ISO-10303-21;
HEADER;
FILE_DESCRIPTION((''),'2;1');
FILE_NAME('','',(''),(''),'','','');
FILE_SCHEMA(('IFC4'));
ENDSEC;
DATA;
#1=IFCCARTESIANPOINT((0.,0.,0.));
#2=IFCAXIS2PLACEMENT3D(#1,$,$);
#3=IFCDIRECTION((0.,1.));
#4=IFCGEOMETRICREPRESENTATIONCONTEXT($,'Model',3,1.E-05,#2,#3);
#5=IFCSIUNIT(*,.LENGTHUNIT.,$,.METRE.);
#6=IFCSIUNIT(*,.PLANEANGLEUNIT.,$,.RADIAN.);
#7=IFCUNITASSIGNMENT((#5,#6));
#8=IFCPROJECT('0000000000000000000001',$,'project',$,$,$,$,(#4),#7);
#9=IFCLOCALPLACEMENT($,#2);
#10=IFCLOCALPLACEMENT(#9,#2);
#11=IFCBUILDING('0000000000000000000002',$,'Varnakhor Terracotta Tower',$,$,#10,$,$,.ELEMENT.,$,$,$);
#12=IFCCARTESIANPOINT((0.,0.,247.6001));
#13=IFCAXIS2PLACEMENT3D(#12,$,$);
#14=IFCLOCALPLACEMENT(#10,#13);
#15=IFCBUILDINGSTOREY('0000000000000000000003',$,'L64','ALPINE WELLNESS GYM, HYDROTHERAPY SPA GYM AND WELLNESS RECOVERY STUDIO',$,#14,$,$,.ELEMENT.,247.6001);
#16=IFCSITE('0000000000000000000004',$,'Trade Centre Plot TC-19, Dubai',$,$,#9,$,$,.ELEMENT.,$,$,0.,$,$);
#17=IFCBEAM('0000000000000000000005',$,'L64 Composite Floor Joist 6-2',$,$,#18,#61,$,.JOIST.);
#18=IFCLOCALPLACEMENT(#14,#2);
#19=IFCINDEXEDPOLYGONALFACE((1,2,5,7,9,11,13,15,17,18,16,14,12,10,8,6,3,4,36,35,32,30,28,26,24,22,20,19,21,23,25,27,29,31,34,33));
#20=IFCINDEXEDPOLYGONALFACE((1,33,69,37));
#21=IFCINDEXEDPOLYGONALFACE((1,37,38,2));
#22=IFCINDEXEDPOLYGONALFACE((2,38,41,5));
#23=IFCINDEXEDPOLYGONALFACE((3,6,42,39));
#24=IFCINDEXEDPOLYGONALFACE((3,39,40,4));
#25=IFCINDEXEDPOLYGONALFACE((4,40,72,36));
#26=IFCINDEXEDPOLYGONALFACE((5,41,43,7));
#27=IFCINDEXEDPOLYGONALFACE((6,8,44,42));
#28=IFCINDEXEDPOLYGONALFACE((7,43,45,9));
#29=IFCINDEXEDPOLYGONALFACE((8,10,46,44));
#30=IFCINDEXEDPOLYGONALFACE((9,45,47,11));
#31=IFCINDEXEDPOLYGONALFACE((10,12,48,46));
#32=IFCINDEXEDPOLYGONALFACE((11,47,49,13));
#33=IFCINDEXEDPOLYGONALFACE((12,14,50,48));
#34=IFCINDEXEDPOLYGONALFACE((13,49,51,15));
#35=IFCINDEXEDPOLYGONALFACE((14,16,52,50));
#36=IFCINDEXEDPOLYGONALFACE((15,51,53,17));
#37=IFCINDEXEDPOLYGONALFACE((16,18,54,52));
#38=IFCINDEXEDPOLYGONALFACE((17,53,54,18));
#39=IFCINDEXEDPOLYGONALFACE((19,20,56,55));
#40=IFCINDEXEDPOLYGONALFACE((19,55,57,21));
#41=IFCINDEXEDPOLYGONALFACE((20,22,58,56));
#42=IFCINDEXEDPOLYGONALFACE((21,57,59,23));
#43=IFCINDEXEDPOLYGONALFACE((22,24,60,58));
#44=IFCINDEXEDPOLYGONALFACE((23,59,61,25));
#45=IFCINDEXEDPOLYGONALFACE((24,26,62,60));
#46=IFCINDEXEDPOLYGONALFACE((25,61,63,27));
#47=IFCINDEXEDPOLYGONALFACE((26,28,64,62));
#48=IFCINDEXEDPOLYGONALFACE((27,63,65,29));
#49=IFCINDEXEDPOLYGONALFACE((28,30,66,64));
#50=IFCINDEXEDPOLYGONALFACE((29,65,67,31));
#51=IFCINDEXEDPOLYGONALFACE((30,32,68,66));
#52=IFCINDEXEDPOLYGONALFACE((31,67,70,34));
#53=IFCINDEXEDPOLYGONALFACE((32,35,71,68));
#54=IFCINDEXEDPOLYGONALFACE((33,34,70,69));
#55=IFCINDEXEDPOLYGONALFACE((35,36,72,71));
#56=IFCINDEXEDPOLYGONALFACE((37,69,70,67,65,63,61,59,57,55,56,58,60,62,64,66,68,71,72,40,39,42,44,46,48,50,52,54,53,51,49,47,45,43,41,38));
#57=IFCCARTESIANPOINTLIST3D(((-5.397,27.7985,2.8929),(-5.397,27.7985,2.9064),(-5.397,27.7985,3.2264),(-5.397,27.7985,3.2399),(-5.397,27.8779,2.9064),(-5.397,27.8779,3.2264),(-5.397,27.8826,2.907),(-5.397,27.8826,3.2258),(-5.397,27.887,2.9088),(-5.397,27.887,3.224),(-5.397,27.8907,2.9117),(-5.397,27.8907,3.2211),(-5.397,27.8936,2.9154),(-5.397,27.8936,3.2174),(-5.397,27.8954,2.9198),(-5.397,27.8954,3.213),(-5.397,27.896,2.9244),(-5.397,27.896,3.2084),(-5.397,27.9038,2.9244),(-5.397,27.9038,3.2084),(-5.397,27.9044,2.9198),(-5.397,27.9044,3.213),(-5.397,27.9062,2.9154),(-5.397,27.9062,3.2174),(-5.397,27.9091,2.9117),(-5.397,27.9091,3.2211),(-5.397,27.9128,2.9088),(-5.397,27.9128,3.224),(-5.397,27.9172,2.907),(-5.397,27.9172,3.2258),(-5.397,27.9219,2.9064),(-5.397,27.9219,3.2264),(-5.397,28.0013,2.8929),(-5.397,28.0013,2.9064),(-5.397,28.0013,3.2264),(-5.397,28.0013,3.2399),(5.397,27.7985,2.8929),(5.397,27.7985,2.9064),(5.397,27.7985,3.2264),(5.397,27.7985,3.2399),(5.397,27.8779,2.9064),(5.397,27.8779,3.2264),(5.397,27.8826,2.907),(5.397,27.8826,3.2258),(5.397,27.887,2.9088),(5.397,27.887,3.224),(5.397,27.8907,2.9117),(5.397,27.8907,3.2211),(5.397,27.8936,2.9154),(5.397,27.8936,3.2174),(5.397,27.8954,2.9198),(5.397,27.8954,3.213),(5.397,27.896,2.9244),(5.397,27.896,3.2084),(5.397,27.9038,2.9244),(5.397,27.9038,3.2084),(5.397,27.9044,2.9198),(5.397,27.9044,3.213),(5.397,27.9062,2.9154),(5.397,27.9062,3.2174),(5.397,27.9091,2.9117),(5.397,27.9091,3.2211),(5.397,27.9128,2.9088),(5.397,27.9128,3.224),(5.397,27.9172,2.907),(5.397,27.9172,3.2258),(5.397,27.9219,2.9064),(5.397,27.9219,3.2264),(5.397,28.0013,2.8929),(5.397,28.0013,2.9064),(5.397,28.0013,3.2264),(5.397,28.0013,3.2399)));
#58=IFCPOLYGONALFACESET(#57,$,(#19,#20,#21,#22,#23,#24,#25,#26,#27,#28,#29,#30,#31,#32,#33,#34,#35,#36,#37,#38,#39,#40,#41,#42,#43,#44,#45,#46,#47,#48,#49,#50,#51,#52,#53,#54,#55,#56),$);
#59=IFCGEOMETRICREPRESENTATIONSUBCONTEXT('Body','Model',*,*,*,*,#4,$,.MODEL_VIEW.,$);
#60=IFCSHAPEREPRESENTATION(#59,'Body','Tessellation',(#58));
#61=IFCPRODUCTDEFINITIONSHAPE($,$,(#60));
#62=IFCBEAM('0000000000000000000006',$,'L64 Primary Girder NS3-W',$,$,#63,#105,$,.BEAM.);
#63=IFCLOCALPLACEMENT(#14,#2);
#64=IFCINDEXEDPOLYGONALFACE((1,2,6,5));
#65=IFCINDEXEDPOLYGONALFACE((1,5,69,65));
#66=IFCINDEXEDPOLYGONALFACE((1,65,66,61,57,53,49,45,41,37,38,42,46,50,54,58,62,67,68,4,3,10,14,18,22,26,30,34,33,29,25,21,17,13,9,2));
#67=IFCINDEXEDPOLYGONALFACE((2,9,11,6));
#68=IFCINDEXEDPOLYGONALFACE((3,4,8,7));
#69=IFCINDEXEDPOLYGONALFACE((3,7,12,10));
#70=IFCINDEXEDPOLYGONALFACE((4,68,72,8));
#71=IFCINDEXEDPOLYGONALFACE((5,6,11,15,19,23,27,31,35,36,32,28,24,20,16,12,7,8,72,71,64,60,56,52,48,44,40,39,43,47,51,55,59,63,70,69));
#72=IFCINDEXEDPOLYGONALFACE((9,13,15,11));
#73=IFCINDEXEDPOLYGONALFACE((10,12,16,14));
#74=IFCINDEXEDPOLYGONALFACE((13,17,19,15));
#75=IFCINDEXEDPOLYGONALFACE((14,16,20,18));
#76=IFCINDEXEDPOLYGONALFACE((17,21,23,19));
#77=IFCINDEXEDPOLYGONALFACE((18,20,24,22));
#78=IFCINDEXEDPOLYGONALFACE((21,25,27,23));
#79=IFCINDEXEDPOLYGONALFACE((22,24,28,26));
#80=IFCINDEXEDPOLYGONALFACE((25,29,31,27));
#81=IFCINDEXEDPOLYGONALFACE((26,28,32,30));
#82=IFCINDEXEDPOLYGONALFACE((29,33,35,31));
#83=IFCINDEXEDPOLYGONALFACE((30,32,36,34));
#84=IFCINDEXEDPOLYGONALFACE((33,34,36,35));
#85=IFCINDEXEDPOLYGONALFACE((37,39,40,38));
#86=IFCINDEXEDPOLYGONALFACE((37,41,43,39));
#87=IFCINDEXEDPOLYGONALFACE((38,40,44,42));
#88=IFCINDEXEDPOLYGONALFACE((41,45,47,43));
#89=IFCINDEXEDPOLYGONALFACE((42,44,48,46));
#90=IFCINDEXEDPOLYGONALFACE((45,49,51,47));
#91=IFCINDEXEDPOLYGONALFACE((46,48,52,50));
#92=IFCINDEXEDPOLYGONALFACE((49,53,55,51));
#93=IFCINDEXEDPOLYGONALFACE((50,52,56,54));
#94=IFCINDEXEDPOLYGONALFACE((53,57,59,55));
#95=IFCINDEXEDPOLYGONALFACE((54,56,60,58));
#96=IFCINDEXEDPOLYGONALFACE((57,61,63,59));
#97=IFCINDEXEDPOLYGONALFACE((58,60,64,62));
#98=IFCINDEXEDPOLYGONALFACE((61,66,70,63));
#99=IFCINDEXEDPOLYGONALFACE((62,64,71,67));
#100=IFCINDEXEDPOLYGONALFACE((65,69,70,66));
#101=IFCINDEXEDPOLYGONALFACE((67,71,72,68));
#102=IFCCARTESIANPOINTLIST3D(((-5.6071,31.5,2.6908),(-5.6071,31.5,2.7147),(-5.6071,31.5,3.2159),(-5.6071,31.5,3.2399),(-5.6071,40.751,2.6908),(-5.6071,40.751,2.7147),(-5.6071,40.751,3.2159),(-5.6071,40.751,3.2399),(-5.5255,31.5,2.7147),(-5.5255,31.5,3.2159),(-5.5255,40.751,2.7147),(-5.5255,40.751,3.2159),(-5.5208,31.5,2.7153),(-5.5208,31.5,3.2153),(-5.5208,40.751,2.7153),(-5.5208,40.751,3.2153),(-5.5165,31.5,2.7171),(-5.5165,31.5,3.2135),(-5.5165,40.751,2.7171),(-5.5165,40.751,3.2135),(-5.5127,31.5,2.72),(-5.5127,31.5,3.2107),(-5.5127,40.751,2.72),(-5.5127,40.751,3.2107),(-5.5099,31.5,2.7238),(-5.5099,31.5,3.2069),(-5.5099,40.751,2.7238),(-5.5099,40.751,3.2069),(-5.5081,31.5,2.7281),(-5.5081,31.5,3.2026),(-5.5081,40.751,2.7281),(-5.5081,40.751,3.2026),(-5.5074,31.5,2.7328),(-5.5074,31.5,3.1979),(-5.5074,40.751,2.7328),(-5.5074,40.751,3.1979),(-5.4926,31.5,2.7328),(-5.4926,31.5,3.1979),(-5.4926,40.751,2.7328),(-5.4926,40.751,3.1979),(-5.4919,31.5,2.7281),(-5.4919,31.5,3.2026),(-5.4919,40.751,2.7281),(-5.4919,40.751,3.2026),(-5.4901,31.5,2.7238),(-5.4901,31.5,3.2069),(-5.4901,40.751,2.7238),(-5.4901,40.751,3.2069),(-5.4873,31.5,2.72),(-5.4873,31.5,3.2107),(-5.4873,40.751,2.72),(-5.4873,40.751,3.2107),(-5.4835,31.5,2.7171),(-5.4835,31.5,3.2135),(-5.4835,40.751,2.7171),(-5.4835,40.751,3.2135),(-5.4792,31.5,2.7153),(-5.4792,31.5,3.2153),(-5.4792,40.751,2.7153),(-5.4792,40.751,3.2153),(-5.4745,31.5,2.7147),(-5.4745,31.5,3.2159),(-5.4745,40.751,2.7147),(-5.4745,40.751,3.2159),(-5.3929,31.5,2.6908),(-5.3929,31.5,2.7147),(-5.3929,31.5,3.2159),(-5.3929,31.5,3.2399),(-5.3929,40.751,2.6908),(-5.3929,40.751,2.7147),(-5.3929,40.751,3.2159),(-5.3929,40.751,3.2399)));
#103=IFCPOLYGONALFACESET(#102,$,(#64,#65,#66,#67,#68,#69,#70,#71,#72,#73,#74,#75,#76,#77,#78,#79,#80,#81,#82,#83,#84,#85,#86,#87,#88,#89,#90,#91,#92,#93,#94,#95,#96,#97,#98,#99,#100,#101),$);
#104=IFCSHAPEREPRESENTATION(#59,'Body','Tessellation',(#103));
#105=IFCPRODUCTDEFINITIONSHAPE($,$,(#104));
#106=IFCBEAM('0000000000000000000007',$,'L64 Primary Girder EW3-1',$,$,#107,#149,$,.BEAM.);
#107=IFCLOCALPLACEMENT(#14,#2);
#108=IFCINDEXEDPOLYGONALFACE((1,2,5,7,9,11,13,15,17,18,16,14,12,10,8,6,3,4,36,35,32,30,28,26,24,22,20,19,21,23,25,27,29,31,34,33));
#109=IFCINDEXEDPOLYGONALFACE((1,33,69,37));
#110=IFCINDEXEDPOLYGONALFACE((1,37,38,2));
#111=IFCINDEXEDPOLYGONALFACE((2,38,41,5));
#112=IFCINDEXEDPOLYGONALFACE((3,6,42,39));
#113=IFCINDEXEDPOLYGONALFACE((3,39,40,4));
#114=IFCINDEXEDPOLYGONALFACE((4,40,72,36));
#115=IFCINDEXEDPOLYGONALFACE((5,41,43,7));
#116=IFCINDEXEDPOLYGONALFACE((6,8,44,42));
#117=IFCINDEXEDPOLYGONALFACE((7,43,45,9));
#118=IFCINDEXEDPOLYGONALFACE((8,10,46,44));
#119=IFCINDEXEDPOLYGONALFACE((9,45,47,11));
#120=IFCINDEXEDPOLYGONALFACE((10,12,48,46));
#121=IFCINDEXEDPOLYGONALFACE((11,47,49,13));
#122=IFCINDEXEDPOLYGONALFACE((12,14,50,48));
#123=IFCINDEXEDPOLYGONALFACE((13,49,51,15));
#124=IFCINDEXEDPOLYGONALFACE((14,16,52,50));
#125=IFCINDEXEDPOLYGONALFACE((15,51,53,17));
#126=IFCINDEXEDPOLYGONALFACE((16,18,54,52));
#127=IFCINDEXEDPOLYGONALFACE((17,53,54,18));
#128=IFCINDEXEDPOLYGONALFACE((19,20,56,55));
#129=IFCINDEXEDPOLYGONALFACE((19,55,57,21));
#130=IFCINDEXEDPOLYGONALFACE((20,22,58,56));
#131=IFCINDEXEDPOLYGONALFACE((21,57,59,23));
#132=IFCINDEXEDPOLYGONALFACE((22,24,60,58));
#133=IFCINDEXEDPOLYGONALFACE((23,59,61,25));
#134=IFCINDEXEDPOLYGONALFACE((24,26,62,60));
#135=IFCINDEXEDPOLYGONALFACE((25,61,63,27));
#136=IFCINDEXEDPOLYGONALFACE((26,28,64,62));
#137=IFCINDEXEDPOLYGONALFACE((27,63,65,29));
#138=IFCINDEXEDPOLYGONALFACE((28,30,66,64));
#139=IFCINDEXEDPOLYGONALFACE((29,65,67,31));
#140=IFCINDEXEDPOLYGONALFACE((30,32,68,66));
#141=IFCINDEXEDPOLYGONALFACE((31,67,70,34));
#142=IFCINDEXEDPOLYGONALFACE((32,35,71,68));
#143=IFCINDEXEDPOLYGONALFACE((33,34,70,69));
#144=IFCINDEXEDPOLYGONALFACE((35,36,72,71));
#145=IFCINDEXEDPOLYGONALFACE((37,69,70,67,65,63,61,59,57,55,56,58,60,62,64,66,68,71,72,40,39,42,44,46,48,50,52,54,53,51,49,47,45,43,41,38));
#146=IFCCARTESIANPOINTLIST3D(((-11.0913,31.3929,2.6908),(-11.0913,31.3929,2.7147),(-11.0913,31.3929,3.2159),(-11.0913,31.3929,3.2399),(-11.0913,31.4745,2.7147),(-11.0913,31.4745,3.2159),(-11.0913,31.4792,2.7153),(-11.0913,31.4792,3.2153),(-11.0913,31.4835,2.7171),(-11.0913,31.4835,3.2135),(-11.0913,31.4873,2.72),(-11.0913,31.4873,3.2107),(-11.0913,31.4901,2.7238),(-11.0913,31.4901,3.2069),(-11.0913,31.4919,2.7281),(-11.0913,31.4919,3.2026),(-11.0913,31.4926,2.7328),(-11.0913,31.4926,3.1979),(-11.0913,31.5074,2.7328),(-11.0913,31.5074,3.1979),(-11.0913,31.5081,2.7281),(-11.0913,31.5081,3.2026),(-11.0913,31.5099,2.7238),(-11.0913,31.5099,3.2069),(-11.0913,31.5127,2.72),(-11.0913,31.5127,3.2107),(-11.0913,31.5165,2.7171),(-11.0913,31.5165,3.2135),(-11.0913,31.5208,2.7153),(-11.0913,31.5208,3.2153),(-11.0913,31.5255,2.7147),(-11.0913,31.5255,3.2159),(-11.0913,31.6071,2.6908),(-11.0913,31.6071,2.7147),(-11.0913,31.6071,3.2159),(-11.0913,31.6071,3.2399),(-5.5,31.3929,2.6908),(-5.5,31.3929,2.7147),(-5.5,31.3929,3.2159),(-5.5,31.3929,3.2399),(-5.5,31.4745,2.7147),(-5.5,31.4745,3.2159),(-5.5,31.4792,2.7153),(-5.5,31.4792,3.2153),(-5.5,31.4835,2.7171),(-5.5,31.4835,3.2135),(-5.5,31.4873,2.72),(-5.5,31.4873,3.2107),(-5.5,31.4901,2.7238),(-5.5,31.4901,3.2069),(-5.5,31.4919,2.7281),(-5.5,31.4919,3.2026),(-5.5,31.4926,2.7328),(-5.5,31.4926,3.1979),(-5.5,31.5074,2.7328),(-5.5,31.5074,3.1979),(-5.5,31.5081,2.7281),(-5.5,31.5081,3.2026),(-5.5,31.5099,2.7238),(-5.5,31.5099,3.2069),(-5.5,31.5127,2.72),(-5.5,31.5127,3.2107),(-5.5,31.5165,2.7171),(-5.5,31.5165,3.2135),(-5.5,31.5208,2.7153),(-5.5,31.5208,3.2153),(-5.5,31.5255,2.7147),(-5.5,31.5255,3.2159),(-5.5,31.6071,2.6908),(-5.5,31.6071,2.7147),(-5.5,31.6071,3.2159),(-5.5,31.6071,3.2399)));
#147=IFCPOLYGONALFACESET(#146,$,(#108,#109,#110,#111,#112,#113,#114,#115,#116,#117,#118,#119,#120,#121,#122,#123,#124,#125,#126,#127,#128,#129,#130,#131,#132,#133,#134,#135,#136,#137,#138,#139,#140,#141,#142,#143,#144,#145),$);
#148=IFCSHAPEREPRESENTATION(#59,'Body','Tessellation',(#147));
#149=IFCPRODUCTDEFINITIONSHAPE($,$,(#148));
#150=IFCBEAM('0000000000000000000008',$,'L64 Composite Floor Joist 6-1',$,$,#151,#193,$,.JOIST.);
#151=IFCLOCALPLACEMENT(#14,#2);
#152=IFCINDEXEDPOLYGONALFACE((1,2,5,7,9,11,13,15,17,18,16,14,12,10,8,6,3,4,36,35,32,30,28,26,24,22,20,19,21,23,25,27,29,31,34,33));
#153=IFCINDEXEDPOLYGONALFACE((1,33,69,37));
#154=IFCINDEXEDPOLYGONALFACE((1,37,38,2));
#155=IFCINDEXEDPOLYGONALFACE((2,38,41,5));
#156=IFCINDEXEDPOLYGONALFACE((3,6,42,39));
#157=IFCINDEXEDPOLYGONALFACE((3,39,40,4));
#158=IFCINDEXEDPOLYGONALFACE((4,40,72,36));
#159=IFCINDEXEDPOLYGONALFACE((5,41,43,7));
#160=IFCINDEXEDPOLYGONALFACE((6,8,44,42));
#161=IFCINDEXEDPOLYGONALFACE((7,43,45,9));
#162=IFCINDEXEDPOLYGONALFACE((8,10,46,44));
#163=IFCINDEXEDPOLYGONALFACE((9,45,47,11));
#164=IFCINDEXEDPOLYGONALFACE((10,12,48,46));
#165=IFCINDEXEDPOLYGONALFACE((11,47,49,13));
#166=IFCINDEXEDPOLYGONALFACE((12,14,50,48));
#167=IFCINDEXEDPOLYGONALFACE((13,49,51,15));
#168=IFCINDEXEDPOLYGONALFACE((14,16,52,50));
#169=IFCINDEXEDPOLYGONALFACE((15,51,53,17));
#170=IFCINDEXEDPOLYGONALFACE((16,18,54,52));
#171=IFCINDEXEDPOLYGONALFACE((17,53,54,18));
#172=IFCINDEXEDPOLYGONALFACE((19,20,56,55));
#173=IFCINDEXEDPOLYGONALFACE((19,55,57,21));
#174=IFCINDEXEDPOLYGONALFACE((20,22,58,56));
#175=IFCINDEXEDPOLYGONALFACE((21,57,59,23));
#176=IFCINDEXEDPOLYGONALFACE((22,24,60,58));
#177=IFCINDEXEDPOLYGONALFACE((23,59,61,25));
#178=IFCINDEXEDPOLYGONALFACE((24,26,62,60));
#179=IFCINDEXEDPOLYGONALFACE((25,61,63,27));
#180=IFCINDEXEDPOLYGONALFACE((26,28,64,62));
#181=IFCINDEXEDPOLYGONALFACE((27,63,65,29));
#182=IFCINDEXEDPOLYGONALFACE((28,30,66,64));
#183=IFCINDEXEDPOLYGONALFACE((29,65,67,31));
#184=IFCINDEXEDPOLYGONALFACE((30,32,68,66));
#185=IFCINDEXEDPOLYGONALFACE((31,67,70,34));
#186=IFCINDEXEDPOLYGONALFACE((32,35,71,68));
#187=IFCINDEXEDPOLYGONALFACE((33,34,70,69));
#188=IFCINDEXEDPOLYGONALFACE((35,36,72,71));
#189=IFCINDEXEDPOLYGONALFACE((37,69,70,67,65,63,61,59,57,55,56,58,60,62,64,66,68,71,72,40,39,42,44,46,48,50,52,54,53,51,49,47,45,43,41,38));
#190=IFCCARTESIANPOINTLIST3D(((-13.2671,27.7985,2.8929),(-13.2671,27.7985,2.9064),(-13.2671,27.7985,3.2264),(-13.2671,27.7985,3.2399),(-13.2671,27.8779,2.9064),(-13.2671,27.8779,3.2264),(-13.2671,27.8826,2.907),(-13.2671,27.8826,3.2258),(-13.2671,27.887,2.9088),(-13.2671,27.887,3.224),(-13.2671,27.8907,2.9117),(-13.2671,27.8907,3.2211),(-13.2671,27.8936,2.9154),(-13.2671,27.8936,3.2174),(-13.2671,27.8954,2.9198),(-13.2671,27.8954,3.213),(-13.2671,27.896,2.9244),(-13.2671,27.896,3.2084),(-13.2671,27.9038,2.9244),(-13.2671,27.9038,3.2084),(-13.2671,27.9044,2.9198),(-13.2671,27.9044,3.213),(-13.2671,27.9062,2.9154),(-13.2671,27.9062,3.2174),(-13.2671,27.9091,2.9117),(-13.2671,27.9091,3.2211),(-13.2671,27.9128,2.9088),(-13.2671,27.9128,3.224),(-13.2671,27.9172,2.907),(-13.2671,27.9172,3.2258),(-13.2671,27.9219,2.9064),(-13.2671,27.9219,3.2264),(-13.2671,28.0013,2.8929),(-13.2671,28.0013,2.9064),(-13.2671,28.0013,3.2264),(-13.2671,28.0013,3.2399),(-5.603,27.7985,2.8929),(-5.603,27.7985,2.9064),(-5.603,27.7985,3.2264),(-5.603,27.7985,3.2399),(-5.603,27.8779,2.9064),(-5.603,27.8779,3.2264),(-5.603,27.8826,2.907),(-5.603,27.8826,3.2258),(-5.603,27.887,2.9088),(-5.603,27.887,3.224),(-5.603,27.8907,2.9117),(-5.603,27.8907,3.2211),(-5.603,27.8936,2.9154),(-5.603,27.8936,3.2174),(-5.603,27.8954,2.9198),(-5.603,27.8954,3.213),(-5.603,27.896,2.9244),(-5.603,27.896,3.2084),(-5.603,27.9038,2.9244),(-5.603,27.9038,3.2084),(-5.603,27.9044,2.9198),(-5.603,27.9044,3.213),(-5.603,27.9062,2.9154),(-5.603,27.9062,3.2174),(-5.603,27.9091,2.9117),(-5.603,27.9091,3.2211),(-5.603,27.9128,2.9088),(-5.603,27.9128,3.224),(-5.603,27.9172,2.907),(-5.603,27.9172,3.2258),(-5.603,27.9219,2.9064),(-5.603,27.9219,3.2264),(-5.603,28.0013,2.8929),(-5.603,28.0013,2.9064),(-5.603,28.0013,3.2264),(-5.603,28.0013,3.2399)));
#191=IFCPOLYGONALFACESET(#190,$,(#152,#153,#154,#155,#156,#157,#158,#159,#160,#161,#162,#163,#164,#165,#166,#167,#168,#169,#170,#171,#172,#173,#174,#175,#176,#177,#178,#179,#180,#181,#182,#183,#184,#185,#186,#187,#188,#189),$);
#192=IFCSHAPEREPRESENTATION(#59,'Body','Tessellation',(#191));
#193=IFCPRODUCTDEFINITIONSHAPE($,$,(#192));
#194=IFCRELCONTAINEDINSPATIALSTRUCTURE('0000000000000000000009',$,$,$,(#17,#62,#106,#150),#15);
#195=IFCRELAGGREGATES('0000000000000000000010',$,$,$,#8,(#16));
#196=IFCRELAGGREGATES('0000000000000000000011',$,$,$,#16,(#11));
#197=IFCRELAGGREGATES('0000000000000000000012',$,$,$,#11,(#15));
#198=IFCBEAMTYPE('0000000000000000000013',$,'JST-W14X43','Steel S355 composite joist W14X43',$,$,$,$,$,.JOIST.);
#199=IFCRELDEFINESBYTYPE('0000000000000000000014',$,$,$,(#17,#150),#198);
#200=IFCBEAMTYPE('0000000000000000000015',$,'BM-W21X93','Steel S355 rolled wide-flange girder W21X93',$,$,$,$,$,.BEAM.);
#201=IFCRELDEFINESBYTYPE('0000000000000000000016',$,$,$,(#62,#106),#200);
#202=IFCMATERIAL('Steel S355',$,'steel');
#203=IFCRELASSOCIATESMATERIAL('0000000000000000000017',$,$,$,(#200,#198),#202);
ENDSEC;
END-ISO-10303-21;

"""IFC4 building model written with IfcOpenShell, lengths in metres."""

from ifc_helpers import new_model, si_unit, direction, frame, origin, origin_2d, place, context, subcontext, project, spatial, i_section, extrude, source, transform, mapped, material, material_profile, profile_set, type_object, element, save


model = new_model("IFC4")

# Units and contexts
model_context = context("Model", 3, precision=1e-05, world=origin(), true_north=direction((0.0, 1.0)))
body_context = subcontext(model_context, "Body", "Model", "MODEL_VIEW")
ifc_project = project(units=[si_unit("LENGTHUNIT", "METRE"), si_unit("PLANEANGLEUNIT", "RADIAN")], contexts=[model_context])

# Site, building, storey
site_placement = place(None, origin())
site = spatial("IfcSite", under=ifc_project, at=site_placement, Name="Trade Centre Plot TC-19, Dubai", CompositionType="ELEMENT", RefElevation=0.0)
building_placement = place(site_placement, origin())
building = spatial("IfcBuilding", under=site, at=building_placement, Name="Varnakhor Terracotta Tower", CompositionType="ELEMENT")
storey_placement = place(building_placement, frame((0.0, 0.0, 247.6001)))
storey = spatial("IfcBuildingStorey", under=building, at=storey_placement, Name="L64", Description="ALPINE WELLNESS GYM, HYDROTHERAPY SPA GYM AND WELLNESS RECOVERY STUDIO", CompositionType="ELEMENT", Elevation=247.6001)

# Beams
ifc_material_1 = material(Name="Steel S355", Category="steel")
ifc_material_profile_1 = material_profile(ifc_material_1, i_section(OverallWidth=0.2141, OverallDepth=0.5491, WebThickness=0.0149, FlangeThickness=0.0239, FilletRadius=0.0181, at=origin_2d()), Name="W21X93")
ifc_profile_set_1 = profile_set([ifc_material_profile_1], Name="Steel S355")
beam_type_1 = type_object("IfcBeamType", Name="BM-W21X93", Description="Steel S355 rolled wide-flange girder W21X93", PredefinedType="BEAM", material=ifc_profile_set_1)
ifc_material_profile_2 = material_profile(ifc_material_1, i_section(OverallWidth=0.2029, OverallDepth=0.3469, WebThickness=0.0078, FlangeThickness=0.0134, FilletRadius=0.0181, at=origin_2d()), Name="W14X43")
ifc_profile_set_2 = profile_set([ifc_material_profile_2], Name="Steel S355")
beam_type_2 = type_object("IfcBeamType", Name="JST-W14X43", Description="Steel S355 composite joist W14X43", PredefinedType="JOIST", material=ifc_profile_set_2)
shared_shape_1 = source(origin(), body_context, "Body", "SweptSolid", [
    extrude(i_section(OverallWidth=0.2029, OverallDepth=0.3469, WebThickness=0.0078, FlangeThickness=0.0134, FilletRadius=0.0181, at=origin_2d()), origin(), (0.0, 0.0, 1.0), 10.7939),
])
beam_1_placement = place(storey_placement, frame((-5.397, 27.8999, 3.0664), z_axis=(1.0, 0.0, 0.0), x_axis=(0.0, 1.0, 0.0)))
element("IfcBeam", 1, at=beam_1_placement, inside=storey, type_object=beam_type_2, Name="L64 Composite Floor Joist 6-2", PredefinedType="JOIST", context=body_context, shape_type="MappedRepresentation", body=[
    mapped(shared_shape_1, transform((0.0, 0.0, 0.0), scale=1.0)),
])
shared_shape_2 = source(origin(), body_context, "Body", "SweptSolid", [
    extrude(i_section(OverallWidth=0.2141, OverallDepth=0.5491, WebThickness=0.0149, FlangeThickness=0.0239, FilletRadius=0.0181, at=origin_2d()), origin(), (0.0, 0.0, 1.0), 9.251),
])
beam_2_placement = place(storey_placement, frame((-5.5, 31.5, 2.9653), z_axis=(0.0, 1.0, 0.0), x_axis=(-1.0, 0.0, 0.0)))
element("IfcBeam", 2, at=beam_2_placement, inside=storey, type_object=beam_type_1, Name="L64 Primary Girder NS3-W", PredefinedType="BEAM", context=body_context, shape_type="MappedRepresentation", body=[
    mapped(shared_shape_2, transform((0.0, 0.0, 0.0), scale=1.0)),
])
shared_shape_3 = source(origin(), body_context, "Body", "SweptSolid", [
    extrude(i_section(OverallWidth=0.2141, OverallDepth=0.5491, WebThickness=0.0149, FlangeThickness=0.0239, FilletRadius=0.0181, at=origin_2d()), origin(), (0.0, 0.0, 1.0), 5.5913),
])
beam_3_placement = place(storey_placement, frame((-11.0913, 31.5, 2.9653), z_axis=(1.0, 0.0, 0.0), x_axis=(0.0, 1.0, 0.0)))
element("IfcBeam", 3, at=beam_3_placement, inside=storey, type_object=beam_type_1, Name="L64 Primary Girder EW3-1", PredefinedType="BEAM", context=body_context, shape_type="MappedRepresentation", body=[
    mapped(shared_shape_3, transform((0.0, 0.0, 0.0), scale=1.0)),
])
shared_shape_4 = source(origin(), body_context, "Body", "SweptSolid", [
    extrude(i_section(OverallWidth=0.2029, OverallDepth=0.3469, WebThickness=0.0078, FlangeThickness=0.0134, FilletRadius=0.0181, at=origin_2d()), origin(), (0.0, 0.0, 1.0), 7.6641),
])
beam_4_placement = place(storey_placement, frame((-13.2671, 27.8999, 3.0664), z_axis=(1.0, 0.0, 0.0), x_axis=(0.0, 1.0, 0.0)))
element("IfcBeam", 4, at=beam_4_placement, inside=storey, type_object=beam_type_2, Name="L64 Composite Floor Joist 6-1", PredefinedType="JOIST", context=body_context, shape_type="MappedRepresentation", body=[
    mapped(shared_shape_4, transform((0.0, 0.0, 0.0), scale=1.0)),
])

save(model, "model.ifc")
